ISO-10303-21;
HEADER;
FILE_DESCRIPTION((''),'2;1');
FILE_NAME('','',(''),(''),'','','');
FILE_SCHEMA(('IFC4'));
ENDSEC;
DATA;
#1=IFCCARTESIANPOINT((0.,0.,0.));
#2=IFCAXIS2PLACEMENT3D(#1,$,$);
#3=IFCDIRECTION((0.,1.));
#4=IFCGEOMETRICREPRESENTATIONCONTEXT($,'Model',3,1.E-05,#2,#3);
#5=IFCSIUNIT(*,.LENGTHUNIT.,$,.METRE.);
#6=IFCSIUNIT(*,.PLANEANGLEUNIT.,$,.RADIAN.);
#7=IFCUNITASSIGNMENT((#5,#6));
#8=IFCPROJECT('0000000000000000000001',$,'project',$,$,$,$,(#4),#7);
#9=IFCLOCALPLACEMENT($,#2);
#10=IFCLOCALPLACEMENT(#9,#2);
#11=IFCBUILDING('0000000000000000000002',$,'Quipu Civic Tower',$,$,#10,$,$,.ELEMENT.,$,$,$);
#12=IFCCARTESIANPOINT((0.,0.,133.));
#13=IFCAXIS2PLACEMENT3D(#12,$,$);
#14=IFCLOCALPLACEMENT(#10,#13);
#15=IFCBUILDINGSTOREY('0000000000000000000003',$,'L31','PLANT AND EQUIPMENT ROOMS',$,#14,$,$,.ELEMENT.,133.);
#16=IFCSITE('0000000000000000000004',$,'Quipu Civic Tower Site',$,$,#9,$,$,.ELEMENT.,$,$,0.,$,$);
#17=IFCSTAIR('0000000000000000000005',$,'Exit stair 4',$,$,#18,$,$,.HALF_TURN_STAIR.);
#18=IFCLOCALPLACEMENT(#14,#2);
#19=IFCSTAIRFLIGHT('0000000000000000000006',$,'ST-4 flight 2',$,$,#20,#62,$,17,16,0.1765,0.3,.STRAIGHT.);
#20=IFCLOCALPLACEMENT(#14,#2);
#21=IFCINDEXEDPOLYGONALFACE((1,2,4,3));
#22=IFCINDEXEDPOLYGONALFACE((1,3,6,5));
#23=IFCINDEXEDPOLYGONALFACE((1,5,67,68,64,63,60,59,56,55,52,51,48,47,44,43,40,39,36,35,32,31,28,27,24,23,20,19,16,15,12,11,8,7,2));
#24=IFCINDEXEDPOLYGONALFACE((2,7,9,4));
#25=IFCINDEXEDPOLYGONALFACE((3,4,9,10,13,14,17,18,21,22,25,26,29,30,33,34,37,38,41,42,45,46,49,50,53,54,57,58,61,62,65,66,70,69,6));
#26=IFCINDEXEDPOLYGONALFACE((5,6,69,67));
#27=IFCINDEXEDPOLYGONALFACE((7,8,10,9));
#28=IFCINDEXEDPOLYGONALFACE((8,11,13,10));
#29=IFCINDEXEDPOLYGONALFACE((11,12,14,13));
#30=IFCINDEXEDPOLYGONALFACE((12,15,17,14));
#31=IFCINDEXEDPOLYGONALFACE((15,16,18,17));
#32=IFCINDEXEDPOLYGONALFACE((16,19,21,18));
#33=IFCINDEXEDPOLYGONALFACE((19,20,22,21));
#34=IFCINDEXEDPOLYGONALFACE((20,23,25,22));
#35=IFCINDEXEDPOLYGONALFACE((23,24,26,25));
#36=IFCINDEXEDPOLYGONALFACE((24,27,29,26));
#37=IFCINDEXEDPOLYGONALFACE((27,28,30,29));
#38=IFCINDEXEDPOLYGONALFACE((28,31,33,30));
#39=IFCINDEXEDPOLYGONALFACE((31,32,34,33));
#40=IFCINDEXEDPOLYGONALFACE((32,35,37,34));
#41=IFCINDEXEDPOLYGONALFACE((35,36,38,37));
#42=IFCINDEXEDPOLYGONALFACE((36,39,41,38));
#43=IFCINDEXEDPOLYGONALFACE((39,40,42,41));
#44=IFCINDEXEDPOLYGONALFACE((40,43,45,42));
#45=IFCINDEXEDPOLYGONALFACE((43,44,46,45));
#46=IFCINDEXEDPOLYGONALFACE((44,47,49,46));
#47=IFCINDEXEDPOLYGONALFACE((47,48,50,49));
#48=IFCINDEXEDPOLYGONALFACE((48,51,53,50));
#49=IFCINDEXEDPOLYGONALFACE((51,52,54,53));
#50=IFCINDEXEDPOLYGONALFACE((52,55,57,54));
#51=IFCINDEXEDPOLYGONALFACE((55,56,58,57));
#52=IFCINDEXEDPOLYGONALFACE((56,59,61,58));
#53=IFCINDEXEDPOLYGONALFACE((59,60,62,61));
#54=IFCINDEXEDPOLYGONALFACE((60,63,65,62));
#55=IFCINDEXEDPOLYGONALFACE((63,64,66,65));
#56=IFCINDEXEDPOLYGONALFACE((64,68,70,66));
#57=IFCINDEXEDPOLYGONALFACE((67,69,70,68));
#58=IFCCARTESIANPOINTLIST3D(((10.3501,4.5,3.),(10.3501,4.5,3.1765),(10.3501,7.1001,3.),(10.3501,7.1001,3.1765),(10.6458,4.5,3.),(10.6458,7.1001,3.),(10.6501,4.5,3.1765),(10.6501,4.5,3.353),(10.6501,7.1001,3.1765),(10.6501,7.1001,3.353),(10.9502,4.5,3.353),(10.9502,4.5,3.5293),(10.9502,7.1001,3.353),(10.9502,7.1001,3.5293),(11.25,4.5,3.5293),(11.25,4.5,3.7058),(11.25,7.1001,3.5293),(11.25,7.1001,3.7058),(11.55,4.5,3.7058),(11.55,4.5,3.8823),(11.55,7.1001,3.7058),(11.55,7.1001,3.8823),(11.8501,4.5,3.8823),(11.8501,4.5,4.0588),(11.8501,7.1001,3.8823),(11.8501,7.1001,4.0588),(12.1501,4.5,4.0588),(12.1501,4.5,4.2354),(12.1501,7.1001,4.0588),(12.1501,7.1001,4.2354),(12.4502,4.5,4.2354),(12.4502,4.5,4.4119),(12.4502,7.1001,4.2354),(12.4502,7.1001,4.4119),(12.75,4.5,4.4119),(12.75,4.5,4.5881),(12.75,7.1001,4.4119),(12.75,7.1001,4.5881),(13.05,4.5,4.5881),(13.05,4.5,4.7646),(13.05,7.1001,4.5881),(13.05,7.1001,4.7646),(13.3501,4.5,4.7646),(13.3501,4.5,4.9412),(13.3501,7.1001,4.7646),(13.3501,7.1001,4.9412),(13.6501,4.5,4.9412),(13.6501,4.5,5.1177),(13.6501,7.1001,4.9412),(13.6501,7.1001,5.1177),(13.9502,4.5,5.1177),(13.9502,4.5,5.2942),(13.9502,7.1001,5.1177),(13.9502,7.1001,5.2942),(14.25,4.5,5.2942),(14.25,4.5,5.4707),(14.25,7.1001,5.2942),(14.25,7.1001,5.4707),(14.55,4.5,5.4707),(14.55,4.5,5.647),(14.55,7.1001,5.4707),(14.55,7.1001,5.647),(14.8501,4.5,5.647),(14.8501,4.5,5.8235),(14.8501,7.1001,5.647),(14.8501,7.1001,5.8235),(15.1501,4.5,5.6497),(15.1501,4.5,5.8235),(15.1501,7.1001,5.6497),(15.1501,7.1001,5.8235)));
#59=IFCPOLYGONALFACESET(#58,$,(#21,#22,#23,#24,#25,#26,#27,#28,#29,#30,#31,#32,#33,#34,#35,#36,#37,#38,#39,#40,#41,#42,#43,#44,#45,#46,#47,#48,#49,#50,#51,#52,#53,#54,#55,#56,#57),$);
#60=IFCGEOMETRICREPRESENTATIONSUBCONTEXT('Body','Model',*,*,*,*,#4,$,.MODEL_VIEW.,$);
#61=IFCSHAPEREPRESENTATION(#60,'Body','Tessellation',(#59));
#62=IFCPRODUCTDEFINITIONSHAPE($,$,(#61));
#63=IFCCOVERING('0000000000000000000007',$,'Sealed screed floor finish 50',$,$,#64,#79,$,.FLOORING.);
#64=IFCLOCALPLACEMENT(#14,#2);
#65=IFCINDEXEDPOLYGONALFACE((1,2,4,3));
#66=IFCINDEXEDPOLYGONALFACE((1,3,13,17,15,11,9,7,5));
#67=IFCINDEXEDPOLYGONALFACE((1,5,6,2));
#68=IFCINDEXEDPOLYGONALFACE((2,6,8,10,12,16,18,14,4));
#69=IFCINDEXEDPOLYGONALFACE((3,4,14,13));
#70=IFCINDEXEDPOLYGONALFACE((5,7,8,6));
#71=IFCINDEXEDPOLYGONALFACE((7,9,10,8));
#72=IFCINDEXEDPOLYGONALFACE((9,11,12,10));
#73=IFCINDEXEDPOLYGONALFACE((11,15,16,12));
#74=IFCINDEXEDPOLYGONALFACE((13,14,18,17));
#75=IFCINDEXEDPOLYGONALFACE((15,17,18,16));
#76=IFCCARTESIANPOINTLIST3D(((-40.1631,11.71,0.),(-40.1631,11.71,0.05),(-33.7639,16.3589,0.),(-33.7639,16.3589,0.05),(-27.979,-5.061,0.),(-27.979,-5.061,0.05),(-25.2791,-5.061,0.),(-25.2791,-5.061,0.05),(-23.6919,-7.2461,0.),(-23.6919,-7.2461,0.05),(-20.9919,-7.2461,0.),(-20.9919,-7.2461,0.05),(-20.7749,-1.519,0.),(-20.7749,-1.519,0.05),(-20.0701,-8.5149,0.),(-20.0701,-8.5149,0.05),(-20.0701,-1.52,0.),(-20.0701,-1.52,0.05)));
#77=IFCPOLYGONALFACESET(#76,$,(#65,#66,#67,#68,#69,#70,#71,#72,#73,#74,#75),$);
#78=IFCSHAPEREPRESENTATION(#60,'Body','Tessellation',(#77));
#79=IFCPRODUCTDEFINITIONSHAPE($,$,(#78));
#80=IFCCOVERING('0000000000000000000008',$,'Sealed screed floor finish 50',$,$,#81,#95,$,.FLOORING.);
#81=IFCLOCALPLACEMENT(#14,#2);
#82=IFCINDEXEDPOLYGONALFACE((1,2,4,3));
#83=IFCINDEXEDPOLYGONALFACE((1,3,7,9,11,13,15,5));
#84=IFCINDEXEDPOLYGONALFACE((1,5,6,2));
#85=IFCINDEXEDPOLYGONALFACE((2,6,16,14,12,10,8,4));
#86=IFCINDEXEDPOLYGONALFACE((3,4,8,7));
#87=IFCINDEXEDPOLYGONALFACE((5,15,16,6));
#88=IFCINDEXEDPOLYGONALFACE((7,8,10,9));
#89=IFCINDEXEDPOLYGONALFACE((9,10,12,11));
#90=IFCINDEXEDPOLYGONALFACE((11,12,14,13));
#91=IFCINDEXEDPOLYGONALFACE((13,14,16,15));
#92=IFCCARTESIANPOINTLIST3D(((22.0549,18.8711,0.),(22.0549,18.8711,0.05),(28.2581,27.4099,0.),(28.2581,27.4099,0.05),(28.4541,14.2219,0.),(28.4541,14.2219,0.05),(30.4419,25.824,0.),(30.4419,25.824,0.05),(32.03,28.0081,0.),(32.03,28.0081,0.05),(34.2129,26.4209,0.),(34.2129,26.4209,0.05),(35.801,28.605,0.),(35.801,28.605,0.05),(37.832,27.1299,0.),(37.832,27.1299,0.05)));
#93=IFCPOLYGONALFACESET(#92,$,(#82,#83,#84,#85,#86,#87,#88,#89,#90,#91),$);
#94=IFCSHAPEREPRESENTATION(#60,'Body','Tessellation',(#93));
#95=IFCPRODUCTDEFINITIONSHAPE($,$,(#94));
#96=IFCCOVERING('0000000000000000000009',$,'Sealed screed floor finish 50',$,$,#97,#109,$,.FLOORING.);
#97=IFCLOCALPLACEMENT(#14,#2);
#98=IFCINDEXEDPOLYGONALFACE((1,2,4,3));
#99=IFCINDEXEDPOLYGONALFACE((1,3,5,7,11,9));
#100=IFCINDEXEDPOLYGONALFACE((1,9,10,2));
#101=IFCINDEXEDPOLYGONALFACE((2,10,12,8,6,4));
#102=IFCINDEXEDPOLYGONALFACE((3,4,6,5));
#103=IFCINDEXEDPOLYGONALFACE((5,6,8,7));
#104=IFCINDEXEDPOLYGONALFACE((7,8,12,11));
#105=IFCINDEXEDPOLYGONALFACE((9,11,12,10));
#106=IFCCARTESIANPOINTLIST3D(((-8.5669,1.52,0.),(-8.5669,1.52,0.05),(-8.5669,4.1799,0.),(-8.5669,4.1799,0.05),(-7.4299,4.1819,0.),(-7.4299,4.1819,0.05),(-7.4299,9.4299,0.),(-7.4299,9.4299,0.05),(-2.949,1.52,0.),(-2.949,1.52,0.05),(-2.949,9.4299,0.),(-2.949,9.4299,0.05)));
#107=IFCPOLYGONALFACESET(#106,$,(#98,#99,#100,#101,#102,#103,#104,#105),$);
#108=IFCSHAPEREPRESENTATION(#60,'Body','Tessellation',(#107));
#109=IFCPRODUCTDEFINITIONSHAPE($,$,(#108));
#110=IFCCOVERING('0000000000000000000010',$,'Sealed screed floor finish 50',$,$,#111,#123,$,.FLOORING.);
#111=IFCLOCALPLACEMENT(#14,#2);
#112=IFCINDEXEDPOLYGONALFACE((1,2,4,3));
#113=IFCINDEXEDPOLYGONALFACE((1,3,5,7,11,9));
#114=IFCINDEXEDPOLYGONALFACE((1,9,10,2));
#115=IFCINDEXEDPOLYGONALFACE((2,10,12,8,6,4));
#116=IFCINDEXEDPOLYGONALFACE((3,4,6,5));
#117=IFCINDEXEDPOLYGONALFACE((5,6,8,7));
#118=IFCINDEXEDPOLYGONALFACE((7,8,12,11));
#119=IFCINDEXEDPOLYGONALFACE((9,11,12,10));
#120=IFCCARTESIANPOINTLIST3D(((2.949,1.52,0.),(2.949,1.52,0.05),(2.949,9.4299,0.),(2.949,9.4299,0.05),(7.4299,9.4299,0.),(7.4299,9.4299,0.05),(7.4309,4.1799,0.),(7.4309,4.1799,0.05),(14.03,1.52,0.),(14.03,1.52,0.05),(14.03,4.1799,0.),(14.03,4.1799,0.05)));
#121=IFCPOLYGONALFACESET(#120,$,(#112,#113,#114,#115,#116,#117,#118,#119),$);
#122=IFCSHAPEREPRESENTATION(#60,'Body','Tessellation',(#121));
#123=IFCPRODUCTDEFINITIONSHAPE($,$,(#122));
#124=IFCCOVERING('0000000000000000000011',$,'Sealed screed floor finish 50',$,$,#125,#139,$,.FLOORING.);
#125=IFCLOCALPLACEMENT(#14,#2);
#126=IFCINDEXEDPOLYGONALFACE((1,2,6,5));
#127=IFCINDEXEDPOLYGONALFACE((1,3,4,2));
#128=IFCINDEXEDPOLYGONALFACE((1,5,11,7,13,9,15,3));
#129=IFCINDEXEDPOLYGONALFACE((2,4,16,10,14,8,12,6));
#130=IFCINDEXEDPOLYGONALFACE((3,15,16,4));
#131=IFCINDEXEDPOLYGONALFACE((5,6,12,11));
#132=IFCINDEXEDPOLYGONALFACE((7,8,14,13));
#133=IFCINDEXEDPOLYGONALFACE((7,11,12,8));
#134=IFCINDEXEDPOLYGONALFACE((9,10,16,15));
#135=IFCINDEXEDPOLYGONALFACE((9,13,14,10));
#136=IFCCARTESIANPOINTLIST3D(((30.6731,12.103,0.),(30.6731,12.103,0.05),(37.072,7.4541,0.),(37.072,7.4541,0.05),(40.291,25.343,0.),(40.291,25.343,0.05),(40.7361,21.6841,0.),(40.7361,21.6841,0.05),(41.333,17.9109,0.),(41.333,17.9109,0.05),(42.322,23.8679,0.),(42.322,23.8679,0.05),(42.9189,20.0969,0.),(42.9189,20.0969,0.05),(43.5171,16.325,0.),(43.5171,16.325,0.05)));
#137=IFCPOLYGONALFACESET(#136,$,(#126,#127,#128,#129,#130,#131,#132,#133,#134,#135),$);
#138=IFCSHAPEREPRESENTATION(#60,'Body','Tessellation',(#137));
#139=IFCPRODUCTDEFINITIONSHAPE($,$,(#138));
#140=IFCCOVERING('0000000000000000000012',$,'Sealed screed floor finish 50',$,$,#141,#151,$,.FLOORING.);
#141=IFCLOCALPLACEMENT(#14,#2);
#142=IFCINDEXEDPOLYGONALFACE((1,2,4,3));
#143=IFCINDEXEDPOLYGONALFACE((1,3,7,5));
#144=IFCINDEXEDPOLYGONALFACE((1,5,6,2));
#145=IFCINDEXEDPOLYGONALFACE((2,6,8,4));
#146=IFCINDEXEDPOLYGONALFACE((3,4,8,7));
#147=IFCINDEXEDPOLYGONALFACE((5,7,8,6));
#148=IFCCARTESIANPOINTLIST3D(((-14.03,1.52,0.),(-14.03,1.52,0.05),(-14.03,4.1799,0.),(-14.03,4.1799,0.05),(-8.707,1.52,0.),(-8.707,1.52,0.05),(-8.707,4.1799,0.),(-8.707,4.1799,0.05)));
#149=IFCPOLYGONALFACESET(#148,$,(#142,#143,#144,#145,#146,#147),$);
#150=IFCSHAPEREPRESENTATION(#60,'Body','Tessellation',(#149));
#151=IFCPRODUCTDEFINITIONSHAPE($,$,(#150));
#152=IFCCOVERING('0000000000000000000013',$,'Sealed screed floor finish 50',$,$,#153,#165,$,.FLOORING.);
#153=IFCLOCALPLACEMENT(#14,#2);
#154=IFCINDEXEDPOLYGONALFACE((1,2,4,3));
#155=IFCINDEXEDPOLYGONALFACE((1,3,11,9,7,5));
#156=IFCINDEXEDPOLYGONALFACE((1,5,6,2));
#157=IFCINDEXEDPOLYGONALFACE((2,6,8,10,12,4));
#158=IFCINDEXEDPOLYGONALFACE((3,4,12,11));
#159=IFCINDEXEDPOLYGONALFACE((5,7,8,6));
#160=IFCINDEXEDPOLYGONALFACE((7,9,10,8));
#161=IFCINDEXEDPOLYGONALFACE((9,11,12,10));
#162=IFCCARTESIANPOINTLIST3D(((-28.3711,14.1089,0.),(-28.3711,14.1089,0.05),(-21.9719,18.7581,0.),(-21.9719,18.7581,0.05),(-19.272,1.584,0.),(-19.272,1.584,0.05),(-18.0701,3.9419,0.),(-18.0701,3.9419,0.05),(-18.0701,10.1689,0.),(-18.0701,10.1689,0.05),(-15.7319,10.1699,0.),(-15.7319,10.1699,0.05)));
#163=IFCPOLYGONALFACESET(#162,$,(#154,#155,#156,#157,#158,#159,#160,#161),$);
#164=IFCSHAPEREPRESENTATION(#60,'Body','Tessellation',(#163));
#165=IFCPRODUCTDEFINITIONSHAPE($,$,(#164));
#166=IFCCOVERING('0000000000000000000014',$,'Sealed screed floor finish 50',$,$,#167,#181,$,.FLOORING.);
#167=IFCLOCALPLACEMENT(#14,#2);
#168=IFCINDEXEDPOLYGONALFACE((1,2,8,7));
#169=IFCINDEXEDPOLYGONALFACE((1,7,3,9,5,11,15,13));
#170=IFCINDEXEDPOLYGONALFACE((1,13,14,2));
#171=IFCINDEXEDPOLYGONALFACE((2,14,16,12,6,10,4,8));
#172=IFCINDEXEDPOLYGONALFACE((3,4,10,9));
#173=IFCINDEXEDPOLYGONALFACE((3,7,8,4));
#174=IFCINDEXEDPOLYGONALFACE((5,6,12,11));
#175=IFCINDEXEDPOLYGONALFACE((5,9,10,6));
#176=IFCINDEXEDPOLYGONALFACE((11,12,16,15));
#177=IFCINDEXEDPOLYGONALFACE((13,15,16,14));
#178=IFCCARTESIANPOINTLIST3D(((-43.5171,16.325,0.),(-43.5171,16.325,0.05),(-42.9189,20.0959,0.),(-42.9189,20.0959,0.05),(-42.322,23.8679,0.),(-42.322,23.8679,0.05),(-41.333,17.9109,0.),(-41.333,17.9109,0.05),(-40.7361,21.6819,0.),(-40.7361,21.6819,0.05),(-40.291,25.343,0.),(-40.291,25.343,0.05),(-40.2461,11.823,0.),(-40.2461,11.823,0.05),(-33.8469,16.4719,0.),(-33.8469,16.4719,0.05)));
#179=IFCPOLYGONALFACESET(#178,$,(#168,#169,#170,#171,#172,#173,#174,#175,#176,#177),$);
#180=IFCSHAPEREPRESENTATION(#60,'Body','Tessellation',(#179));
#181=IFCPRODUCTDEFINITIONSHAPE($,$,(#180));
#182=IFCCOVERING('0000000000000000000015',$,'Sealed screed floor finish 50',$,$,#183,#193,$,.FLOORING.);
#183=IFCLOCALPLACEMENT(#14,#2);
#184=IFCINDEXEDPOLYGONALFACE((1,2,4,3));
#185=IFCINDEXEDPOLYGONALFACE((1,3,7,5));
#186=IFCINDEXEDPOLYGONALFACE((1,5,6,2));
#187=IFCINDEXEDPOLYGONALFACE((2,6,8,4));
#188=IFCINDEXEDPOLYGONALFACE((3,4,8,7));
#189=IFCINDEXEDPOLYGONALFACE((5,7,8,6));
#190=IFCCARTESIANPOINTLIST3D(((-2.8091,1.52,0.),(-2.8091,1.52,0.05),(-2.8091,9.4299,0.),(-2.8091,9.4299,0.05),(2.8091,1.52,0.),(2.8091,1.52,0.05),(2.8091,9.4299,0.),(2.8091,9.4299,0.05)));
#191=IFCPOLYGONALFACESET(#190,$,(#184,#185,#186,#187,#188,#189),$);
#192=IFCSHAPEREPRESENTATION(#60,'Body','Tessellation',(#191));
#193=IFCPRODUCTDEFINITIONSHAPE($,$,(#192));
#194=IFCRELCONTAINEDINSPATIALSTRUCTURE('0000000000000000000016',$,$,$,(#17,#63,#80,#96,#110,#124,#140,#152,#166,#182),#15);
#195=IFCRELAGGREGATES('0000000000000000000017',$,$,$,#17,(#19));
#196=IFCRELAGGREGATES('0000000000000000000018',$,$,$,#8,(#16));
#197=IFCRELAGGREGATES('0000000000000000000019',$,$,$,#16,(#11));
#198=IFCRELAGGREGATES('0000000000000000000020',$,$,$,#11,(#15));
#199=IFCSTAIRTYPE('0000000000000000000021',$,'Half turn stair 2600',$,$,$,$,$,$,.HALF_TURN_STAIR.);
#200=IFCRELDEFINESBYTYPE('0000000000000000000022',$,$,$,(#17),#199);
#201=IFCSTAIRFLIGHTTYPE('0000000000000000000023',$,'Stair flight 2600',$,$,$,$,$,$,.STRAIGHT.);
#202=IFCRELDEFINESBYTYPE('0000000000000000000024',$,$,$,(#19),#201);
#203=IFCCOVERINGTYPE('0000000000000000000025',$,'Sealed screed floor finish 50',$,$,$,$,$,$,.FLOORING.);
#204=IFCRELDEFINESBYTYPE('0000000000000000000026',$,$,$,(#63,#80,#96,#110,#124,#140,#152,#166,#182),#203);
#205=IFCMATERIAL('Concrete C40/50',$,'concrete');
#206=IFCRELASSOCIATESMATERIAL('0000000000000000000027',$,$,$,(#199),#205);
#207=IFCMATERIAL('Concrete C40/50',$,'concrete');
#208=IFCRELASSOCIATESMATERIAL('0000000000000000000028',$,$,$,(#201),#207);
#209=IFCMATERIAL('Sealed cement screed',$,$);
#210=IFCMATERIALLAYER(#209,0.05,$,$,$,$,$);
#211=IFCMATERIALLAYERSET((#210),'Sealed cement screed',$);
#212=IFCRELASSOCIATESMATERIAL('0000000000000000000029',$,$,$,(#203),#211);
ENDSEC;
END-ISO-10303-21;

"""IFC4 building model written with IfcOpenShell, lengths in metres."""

from ifc_helpers import new_model, si_unit, direction, frame, origin, place, context, subcontext, project, spatial, polyline, outline, extrude, material, layer, layer_set, type_object, element, aggregate, save


model = new_model("IFC4")

# Units and contexts
model_context = context("Model", 3, precision=1e-05, world=origin(), true_north=direction((0.0, 1.0)))
body_context = subcontext(model_context, "Body", "Model", "MODEL_VIEW")
ifc_project = project(units=[si_unit("LENGTHUNIT", "METRE"), si_unit("PLANEANGLEUNIT", "RADIAN")], contexts=[model_context])

# Site, building, storey
site_placement = place(None, origin())
site = spatial("IfcSite", under=ifc_project, at=site_placement, Name="Quipu Civic Tower Site", CompositionType="ELEMENT", RefElevation=0.0)
building_placement = place(site_placement, origin())
building = spatial("IfcBuilding", under=site, at=building_placement, Name="Quipu Civic Tower", CompositionType="ELEMENT")
storey_placement = place(building_placement, frame((0.0, 0.0, 133.0)))
storey = spatial("IfcBuildingStorey", under=building, at=storey_placement, Name="L31", Description="PLANT AND EQUIPMENT ROOMS", CompositionType="ELEMENT", Elevation=133.0)

# Stair, stair flight
ifc_material_1 = material(Name="Concrete C40/50", Category="concrete")
stair_type = type_object("IfcStairType", Name="Half turn stair 2600", PredefinedType="HALF_TURN_STAIR", material=ifc_material_1)
stair_placement = place(storey_placement, origin())
stair = element("IfcStair", 1, at=stair_placement, inside=storey, type_object=stair_type, Name="Exit stair 4", PredefinedType="HALF_TURN_STAIR")
ifc_material_2 = material(Name="Concrete C40/50", Category="concrete")
stair_flight_type = type_object("IfcStairFlightType", Name="Stair flight 2600", PredefinedType="STRAIGHT", material=ifc_material_2)
stair_flight_1_placement = place(storey_placement, frame((10.3501, 5.8, 3.0), z_axis=(0.0, 0.0, 1.0), x_axis=(1.0, 0.0, 0.0)))
stair_flight_1 = element("IfcStairFlight", 2, at=stair_flight_1_placement, type_object=stair_flight_type, Name="ST-4 flight 2", NumberOfRisers=17, NumberOfTreads=16, PredefinedType="STRAIGHT", RiserHeight=0.1765, TreadLength=0.3, context=body_context, shape_type="SweptSolid", body=[
    extrude(outline(polyline([(0.0, 0.0), (0.0, 0.1765), (0.3, 0.1765), (0.3, 0.353), (0.6001, 0.353), (0.6001, 0.5293), (0.8999, 0.5293), (0.8999, 0.7058), (1.2, 0.7058), (1.2, 0.8823), (1.5, 0.8823), (1.5, 1.0588), (1.8, 1.0588), (1.8, 1.2354), (2.1001, 1.2354), (2.1001, 1.4119), (2.3999, 1.4119), (2.3999, 1.5881), (2.7, 1.5881), (2.7, 1.7646), (3.0, 1.7646), (3.0, 1.9412), (3.3, 1.9412), (3.3, 2.1177), (3.6001, 2.1177), (3.6001, 2.2942), (3.8999, 2.2942), (3.8999, 2.4707), (4.2, 2.4707), (4.2, 2.647), (4.5, 2.647), (4.5, 2.8235), (4.8, 2.8235), (4.8, 3.0), (4.8, 2.6497), (0.2957, 0.0), (0.0, 0.0)])), frame((0.0, 1.3, 0.0), z_axis=(0.0, -1.0, 0.0), x_axis=(1.0, 0.0, 0.0)), (0.0, 0.0, 1.0), 2.6001),
])
aggregate(stair, [stair_flight_1])

# Coverings
ifc_material_3 = material(Name="Sealed cement screed")
ifc_layer_1 = layer(ifc_material_3, 0.05)
ifc_layer_set_1 = layer_set([ifc_layer_1], Name="Sealed cement screed")
covering_type = type_object("IfcCoveringType", Name="Sealed screed floor finish 50", PredefinedType="FLOORING", material=ifc_layer_set_1)
covering_1_placement = place(storey_placement, origin())
element("IfcCovering", 3, at=covering_1_placement, inside=storey, type_object=covering_type, Name="Sealed screed floor finish 50", PredefinedType="FLOORING", context=body_context, shape_type="SweptSolid", body=[
    extrude(outline(polyline([(-40.1631, 11.71), (-33.7639, 16.3589), (-20.7749, -1.519), (-20.0701, -1.52), (-20.0701, -8.5149), (-20.9919, -7.2461), (-23.6919, -7.2461), (-25.2791, -5.061), (-27.979, -5.061), (-40.1631, 11.71)])), origin(), (0.0, 0.0, 1.0), 0.05),
])
covering_2_placement = place(storey_placement, origin())
element("IfcCovering", 4, at=covering_2_placement, inside=storey, type_object=covering_type, Name="Sealed screed floor finish 50", PredefinedType="FLOORING", context=body_context, shape_type="SweptSolid", body=[
    extrude(outline(polyline([(22.0549, 18.8711), (28.2581, 27.4099), (30.4419, 25.824), (32.03, 28.0081), (34.2129, 26.4209), (35.801, 28.605), (37.832, 27.1299), (28.4541, 14.2219), (22.0549, 18.8711)])), origin(), (0.0, 0.0, 1.0), 0.05),
])
covering_3_placement = place(storey_placement, origin())
element("IfcCovering", 5, at=covering_3_placement, inside=storey, type_object=covering_type, Name="Sealed screed floor finish 50", PredefinedType="FLOORING", context=body_context, shape_type="SweptSolid", body=[
    extrude(outline(polyline([(-8.5669, 1.52), (-8.5669, 4.1799), (-7.4299, 4.1819), (-7.4299, 9.4299), (-2.949, 9.4299), (-2.949, 1.52), (-8.5669, 1.52)])), origin(), (0.0, 0.0, 1.0), 0.05),
])
covering_4_placement = place(storey_placement, origin())
element("IfcCovering", 6, at=covering_4_placement, inside=storey, type_object=covering_type, Name="Sealed screed floor finish 50", PredefinedType="FLOORING", context=body_context, shape_type="SweptSolid", body=[
    extrude(outline(polyline([(2.949, 1.52), (2.949, 9.4299), (7.4299, 9.4299), (7.4309, 4.1799), (14.03, 4.1799), (14.03, 1.52), (2.949, 1.52)])), origin(), (0.0, 0.0, 1.0), 0.05),
])
covering_5_placement = place(storey_placement, origin())
element("IfcCovering", 7, at=covering_5_placement, inside=storey, type_object=covering_type, Name="Sealed screed floor finish 50", PredefinedType="FLOORING", context=body_context, shape_type="SweptSolid", body=[
    extrude(outline(polyline([(30.6731, 12.103), (40.291, 25.343), (42.322, 23.8679), (40.7361, 21.6841), (42.9189, 20.0969), (41.333, 17.9109), (43.5171, 16.325), (37.072, 7.4541), (30.6731, 12.103)])), origin(), (0.0, 0.0, 1.0), 0.05),
])
covering_6_placement = place(storey_placement, origin())
element("IfcCovering", 8, at=covering_6_placement, inside=storey, type_object=covering_type, Name="Sealed screed floor finish 50", PredefinedType="FLOORING", context=body_context, shape_type="SweptSolid", body=[
    extrude(outline(polyline([(-14.03, 1.52), (-14.03, 4.1799), (-8.707, 4.1799), (-8.707, 1.52), (-14.03, 1.52)])), origin(), (0.0, 0.0, 1.0), 0.05),
])
covering_7_placement = place(storey_placement, origin())
element("IfcCovering", 9, at=covering_7_placement, inside=storey, type_object=covering_type, Name="Sealed screed floor finish 50", PredefinedType="FLOORING", context=body_context, shape_type="SweptSolid", body=[
    extrude(outline(polyline([(-28.3711, 14.1089), (-21.9719, 18.7581), (-15.7319, 10.1699), (-18.0701, 10.1689), (-18.0701, 3.9419), (-19.272, 1.584), (-28.3711, 14.1089)])), origin(), (0.0, 0.0, 1.0), 0.05),
])
covering_8_placement = place(storey_placement, origin())
element("IfcCovering", 10, at=covering_8_placement, inside=storey, type_object=covering_type, Name="Sealed screed floor finish 50", PredefinedType="FLOORING", context=body_context, shape_type="SweptSolid", body=[
    extrude(outline(polyline([(-43.5171, 16.325), (-41.333, 17.9109), (-42.9189, 20.0959), (-40.7361, 21.6819), (-42.322, 23.8679), (-40.291, 25.343), (-33.8469, 16.4719), (-40.2461, 11.823), (-43.5171, 16.325)])), origin(), (0.0, 0.0, 1.0), 0.05),
])
covering_9_placement = place(storey_placement, origin())
element("IfcCovering", 11, at=covering_9_placement, inside=storey, type_object=covering_type, Name="Sealed screed floor finish 50", PredefinedType="FLOORING", context=body_context, shape_type="SweptSolid", body=[
    extrude(outline(polyline([(-2.8091, 1.52), (-2.8091, 9.4299), (2.8091, 9.4299), (2.8091, 1.52), (-2.8091, 1.52)])), origin(), (0.0, 0.0, 1.0), 0.05),
])

save(model, "model.ifc")
